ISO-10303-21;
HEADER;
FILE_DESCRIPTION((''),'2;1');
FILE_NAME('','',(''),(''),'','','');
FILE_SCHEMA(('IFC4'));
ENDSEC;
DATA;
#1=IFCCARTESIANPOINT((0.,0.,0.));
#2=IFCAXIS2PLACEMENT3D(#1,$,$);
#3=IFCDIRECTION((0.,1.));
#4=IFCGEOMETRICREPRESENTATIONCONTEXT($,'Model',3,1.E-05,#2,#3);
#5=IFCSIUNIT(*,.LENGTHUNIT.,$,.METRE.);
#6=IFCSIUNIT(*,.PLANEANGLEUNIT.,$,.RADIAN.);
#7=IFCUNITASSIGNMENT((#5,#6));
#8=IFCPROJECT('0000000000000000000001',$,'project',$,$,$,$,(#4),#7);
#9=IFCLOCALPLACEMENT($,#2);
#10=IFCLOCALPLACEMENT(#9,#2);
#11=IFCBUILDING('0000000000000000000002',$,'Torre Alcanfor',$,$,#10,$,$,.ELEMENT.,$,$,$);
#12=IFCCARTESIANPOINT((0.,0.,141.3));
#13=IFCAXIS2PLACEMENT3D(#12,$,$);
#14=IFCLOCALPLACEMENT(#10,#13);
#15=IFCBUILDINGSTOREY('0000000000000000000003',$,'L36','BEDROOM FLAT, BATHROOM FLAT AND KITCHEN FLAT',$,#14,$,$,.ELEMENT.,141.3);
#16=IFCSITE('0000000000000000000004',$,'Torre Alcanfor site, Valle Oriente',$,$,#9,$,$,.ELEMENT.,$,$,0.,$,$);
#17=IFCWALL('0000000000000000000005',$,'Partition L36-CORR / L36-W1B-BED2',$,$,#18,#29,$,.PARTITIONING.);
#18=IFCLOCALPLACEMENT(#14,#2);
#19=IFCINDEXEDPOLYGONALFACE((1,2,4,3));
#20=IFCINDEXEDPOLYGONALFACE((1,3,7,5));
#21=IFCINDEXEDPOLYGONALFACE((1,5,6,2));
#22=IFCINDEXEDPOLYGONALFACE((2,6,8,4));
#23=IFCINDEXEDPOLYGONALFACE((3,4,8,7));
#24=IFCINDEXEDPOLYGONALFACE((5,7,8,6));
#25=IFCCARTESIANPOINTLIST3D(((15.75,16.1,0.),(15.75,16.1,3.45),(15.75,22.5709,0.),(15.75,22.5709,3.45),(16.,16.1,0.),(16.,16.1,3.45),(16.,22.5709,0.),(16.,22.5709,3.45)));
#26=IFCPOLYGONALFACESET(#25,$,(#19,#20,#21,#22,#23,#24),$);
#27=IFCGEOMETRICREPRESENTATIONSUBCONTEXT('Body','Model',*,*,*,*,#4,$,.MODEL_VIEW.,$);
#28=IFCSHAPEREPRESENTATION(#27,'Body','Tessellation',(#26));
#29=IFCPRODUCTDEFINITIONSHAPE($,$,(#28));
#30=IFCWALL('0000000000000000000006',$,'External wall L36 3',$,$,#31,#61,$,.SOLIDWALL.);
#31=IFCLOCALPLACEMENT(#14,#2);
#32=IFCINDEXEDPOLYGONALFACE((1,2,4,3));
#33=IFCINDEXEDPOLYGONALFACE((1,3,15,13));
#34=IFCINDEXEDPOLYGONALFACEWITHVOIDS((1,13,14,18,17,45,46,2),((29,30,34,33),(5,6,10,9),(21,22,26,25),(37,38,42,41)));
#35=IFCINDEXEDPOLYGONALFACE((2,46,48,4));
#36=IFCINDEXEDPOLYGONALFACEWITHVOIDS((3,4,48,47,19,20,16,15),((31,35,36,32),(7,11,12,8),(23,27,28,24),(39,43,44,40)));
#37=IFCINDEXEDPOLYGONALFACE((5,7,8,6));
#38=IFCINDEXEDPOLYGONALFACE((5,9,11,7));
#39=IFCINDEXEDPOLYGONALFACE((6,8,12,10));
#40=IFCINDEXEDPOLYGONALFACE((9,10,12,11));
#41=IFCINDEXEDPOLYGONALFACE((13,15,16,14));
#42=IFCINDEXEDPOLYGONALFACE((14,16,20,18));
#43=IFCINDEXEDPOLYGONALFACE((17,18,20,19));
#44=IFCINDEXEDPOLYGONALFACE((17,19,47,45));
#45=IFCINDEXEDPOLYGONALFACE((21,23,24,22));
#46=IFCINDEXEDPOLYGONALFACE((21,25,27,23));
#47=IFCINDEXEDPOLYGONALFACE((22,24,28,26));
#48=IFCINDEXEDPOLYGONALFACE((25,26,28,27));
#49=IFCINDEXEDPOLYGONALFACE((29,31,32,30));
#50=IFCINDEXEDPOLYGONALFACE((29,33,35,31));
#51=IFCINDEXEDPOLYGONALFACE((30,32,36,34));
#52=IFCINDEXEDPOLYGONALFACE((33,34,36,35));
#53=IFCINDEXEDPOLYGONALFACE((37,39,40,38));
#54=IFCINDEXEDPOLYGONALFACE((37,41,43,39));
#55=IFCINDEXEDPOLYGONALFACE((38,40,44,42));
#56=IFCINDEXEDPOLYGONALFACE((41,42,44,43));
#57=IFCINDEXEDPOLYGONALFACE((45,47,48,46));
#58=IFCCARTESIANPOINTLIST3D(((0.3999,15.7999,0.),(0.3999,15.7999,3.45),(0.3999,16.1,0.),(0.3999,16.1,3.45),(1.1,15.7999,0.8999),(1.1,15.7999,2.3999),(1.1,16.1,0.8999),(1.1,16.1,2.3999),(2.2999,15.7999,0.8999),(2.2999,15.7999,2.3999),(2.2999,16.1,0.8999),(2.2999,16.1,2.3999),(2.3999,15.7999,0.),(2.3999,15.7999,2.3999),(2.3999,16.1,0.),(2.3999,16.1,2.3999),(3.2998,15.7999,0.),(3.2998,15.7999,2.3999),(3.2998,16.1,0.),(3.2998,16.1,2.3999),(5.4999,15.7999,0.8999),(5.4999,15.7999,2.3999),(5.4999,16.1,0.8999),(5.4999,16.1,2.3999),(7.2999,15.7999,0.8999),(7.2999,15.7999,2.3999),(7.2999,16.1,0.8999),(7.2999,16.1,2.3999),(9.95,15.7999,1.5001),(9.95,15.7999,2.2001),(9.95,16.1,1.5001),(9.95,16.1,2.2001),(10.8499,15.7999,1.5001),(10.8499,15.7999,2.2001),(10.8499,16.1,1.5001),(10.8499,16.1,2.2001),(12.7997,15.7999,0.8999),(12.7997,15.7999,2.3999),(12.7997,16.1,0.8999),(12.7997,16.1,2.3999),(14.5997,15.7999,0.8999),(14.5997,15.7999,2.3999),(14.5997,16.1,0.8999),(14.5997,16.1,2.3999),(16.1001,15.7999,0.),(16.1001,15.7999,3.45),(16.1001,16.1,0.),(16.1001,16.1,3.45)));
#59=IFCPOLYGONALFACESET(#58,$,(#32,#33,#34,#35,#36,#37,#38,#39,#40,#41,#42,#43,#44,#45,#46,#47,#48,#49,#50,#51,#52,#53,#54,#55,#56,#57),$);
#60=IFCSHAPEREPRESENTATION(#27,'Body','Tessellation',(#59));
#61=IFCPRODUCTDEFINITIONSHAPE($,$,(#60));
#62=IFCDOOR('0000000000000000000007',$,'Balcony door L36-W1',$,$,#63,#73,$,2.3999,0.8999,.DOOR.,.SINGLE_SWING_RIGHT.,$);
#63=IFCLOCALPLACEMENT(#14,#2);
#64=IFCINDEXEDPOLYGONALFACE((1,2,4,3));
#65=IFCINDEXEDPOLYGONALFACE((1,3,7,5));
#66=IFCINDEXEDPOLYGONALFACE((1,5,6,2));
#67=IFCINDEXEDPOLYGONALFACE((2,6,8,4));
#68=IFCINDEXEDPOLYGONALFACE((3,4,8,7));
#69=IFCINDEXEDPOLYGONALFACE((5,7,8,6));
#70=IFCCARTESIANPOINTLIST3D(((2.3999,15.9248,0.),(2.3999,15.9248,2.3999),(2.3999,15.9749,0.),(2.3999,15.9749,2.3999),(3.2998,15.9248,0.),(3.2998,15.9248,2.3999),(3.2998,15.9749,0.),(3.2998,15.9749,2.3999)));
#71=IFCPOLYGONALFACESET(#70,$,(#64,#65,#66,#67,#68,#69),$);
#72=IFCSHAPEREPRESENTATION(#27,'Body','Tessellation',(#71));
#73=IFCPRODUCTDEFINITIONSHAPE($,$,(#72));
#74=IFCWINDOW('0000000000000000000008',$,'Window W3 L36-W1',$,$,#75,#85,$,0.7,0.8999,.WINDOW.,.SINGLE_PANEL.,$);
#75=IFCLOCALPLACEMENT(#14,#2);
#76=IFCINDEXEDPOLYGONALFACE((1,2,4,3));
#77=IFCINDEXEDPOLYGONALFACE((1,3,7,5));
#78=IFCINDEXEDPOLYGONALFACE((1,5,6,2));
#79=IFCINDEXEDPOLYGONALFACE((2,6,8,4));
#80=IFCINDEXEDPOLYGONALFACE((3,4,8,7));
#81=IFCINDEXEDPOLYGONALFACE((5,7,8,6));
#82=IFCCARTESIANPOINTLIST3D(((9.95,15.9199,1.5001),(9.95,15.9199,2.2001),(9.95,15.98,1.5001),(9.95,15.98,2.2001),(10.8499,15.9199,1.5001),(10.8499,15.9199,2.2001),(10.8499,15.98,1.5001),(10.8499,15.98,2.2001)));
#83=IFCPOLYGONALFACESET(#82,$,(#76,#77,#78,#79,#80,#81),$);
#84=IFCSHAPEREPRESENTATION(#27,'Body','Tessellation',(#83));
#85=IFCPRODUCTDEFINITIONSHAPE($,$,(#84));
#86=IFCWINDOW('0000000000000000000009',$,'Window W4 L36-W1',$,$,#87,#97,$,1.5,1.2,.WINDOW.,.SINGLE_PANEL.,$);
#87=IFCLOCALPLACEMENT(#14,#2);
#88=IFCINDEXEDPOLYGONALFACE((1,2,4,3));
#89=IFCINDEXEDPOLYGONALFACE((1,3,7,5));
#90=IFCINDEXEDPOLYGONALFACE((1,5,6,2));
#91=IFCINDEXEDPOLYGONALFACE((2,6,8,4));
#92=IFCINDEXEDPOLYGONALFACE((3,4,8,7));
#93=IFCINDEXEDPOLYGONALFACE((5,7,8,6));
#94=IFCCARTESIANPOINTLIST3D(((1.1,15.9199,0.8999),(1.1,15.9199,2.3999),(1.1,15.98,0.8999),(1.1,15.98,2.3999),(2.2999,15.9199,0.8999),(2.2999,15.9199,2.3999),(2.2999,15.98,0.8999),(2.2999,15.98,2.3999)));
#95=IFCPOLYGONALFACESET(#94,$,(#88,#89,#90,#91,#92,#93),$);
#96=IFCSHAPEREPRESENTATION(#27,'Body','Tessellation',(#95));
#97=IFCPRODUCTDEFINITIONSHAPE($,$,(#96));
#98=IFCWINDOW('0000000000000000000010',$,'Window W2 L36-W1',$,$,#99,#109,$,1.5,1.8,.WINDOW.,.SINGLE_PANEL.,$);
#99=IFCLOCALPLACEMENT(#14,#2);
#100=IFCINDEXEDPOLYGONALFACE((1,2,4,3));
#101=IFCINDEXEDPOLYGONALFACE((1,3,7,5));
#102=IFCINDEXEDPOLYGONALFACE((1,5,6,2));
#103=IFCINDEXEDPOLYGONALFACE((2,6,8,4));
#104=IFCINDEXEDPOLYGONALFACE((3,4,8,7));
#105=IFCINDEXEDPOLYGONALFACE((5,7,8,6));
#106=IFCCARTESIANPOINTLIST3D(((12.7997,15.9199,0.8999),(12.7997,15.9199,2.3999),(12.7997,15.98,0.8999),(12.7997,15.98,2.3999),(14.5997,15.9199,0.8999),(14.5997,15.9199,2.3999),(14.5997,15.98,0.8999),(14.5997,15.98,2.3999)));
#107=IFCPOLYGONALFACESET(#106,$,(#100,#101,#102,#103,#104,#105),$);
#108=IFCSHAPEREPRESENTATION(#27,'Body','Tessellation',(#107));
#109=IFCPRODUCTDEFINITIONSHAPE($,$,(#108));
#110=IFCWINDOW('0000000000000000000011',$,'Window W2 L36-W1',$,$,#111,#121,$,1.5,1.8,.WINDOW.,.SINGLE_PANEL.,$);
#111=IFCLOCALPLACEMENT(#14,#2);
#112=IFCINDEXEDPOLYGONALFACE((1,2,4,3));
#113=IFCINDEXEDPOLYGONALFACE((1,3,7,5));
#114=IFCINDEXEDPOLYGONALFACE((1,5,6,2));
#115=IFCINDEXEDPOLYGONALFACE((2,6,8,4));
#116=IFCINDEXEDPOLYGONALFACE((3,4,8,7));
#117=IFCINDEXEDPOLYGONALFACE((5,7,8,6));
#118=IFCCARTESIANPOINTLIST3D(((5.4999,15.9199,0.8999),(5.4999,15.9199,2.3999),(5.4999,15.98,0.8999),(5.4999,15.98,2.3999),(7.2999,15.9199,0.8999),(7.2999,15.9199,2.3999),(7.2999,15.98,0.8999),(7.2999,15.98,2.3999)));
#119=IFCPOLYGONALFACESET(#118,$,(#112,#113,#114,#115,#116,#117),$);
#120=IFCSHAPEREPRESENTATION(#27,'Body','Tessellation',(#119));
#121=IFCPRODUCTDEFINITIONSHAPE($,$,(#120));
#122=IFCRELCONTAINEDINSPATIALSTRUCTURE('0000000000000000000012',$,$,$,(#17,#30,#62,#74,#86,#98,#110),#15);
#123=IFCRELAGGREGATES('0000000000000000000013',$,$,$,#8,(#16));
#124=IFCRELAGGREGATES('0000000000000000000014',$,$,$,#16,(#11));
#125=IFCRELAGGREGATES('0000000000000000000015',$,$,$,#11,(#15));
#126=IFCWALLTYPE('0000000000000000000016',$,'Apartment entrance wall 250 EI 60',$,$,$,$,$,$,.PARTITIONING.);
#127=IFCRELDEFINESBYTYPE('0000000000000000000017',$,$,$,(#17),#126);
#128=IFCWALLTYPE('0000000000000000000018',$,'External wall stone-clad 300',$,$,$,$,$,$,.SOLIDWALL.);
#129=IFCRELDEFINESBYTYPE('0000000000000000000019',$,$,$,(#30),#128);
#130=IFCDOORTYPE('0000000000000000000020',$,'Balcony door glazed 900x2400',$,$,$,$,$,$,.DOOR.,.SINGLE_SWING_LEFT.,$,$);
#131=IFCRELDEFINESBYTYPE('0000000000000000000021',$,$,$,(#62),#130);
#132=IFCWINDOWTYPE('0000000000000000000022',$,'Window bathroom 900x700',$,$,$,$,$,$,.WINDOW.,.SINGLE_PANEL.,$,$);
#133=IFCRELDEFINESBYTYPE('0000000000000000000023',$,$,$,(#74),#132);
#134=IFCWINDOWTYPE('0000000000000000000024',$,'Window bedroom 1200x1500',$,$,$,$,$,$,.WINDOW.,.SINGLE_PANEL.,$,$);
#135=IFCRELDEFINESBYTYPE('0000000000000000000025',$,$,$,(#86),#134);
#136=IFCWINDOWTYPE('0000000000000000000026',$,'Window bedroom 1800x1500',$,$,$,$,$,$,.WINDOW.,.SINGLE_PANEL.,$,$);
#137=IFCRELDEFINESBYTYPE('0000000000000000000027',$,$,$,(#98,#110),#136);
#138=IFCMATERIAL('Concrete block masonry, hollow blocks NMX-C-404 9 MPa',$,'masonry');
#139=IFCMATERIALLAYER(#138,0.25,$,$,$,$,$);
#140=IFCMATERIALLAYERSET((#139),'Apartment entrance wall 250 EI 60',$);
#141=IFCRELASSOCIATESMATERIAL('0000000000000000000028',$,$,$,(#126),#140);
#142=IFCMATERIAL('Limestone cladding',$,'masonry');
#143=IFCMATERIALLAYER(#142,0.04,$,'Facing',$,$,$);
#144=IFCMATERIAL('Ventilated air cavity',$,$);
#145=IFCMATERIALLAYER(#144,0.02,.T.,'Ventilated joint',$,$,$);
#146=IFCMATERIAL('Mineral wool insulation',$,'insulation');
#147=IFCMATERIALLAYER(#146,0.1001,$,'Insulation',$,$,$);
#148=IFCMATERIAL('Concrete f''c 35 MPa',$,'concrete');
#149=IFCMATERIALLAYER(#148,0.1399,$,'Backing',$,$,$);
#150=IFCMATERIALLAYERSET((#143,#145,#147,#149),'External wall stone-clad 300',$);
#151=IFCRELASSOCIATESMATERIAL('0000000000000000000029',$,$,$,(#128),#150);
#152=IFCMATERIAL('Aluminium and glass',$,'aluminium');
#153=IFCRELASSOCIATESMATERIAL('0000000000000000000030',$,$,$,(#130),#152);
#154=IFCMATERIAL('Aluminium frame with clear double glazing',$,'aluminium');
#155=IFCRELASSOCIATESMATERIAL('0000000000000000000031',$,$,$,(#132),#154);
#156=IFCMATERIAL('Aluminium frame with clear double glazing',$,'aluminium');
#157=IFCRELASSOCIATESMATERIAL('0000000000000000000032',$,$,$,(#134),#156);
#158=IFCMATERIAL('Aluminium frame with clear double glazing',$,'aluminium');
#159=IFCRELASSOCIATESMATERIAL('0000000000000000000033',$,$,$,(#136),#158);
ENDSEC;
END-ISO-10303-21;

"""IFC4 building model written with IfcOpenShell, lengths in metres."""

from ifc_helpers import new_model, si_unit, direction, frame, frame_2d, origin, place, context, subcontext, project, spatial, rectangle, extrude, material, layer, layer_set, type_object, element, fill, save


model = new_model("IFC4")

# Units and contexts
model_context = context("Model", 3, precision=1e-05, world=origin(), true_north=direction((0.0, 1.0)))
body_context = subcontext(model_context, "Body", "Model", "MODEL_VIEW")
ifc_project = project(units=[si_unit("LENGTHUNIT", "METRE"), si_unit("PLANEANGLEUNIT", "RADIAN")], contexts=[model_context])

# Site, building, storey
site_placement = place(None, origin())
site = spatial("IfcSite", under=ifc_project, at=site_placement, Name="Torre Alcanfor site, Valle Oriente", CompositionType="ELEMENT", RefElevation=0.0)
building_placement = place(site_placement, origin())
building = spatial("IfcBuilding", under=site, at=building_placement, Name="Torre Alcanfor", CompositionType="ELEMENT")
storey_placement = place(building_placement, frame((0.0, 0.0, 141.3)))
storey = spatial("IfcBuildingStorey", under=building, at=storey_placement, Name="L36", Description="BEDROOM FLAT, BATHROOM FLAT AND KITCHEN FLAT", CompositionType="ELEMENT", Elevation=141.3)

# Wall
ifc_material_1 = material(Name="Concrete block masonry, hollow blocks NMX-C-404 9 MPa", Category="masonry")
ifc_layer_1 = layer(ifc_material_1, 0.25)
ifc_layer_set_1 = layer_set([ifc_layer_1], Name="Apartment entrance wall 250 EI 60")
wall_type_1 = type_object("IfcWallType", Name="Apartment entrance wall 250 EI 60", PredefinedType="PARTITIONING", material=ifc_layer_set_1)
wall_1_placement = place(storey_placement, frame((15.875, 16.1001, 0.0), z_axis=(0.0, 0.0, 1.0), x_axis=(0.0, 1.0, 0.0)))
element("IfcWall", 1, at=wall_1_placement, inside=storey, type_object=wall_type_1, Name="Partition L36-CORR / L36-W1B-BED2", PredefinedType="PARTITIONING", context=body_context, shape_type="SweptSolid", body=[
    extrude(rectangle(XDim=6.4709, YDim=0.25, at=frame_2d((3.2354, 0.0))), origin(), (0.0, 0.0, 1.0), 3.45),
])

# Wall, openings, door, windows
ifc_material_2 = material(Name="Limestone cladding", Category="masonry")
ifc_layer_2 = layer(ifc_material_2, 0.04, Name="Facing")
ifc_material_3 = material(Name="Ventilated air cavity")
ifc_layer_3 = layer(ifc_material_3, 0.02, ventilated=True, Name="Ventilated joint")
ifc_material_4 = material(Name="Mineral wool insulation", Category="insulation")
ifc_layer_4 = layer(ifc_material_4, 0.1001, Name="Insulation")
ifc_material_5 = material(Name="Concrete f'c 35 MPa", Category="concrete")
ifc_layer_5 = layer(ifc_material_5, 0.1399, Name="Backing")
ifc_layer_set_2 = layer_set([ifc_layer_2, ifc_layer_3, ifc_layer_4, ifc_layer_5], Name="External wall stone-clad 300")
wall_type_2 = type_object("IfcWallType", Name="External wall stone-clad 300", PredefinedType="SOLIDWALL", material=ifc_layer_set_2)
wall_2_placement = place(storey_placement, frame((0.3999, 15.95, 0.0), z_axis=(0.0, 0.0, 1.0), x_axis=(1.0, 0.0, 0.0)))
wall_2 = element("IfcWall", 2, at=wall_2_placement, inside=storey, type_object=wall_type_2, Name="External wall L36 3", PredefinedType="SOLIDWALL", context=body_context, shape_type="SweptSolid", body=[
    extrude(rectangle(XDim=15.7002, YDim=0.3, at=frame_2d((7.8501, 0.0))), origin(), (0.0, 0.0, 1.0), 3.45),
])
opening_1_placement = place(wall_2_placement, frame((12.3999, 0.0, 0.8999)))
opening_1 = element("IfcOpeningElement", 3, at=opening_1_placement, cuts=wall_2, PredefinedType="OPENING", context=body_context, shape_type="SweptSolid", body=[
    extrude(rectangle(XDim=1.8, YDim=1.5, at=frame_2d((0.8999, 0.75))), frame((0.0, 0.1599, 0.0), z_axis=(0.0, -1.0, 0.0), x_axis=(1.0, 0.0, 0.0)), (0.0, 0.0, 1.0), 0.3201),
])
opening_2_placement = place(wall_2_placement, frame((9.55, 0.0, 1.5)))
opening_2 = element("IfcOpeningElement", 4, at=opening_2_placement, cuts=wall_2, PredefinedType="OPENING", context=body_context, shape_type="SweptSolid", body=[
    extrude(rectangle(XDim=0.8999, YDim=0.7, at=frame_2d((0.45, 0.3501))), frame((0.0, 0.1599, 0.0), z_axis=(0.0, -1.0, 0.0), x_axis=(1.0, 0.0, 0.0)), (0.0, 0.0, 1.0), 0.3201),
])
opening_3_placement = place(wall_2_placement, frame((5.1001, 0.0, 0.8999)))
opening_3 = element("IfcOpeningElement", 5, at=opening_3_placement, cuts=wall_2, PredefinedType="OPENING", context=body_context, shape_type="SweptSolid", body=[
    extrude(rectangle(XDim=1.8, YDim=1.5, at=frame_2d((0.8999, 0.75))), frame((0.0, 0.1599, 0.0), z_axis=(0.0, -1.0, 0.0), x_axis=(1.0, 0.0, 0.0)), (0.0, 0.0, 1.0), 0.3201),
])
opening_4_placement = place(wall_2_placement, frame((2.0, 0.0, 0.0)))
opening_4 = element("IfcOpeningElement", 6, at=opening_4_placement, cuts=wall_2, PredefinedType="OPENING", context=body_context, shape_type="SweptSolid", body=[
    extrude(rectangle(XDim=0.8999, YDim=2.3999, at=frame_2d((0.45, 1.2))), frame((0.0, 0.1599, 0.0), z_axis=(0.0, -1.0, 0.0), x_axis=(1.0, 0.0, 0.0)), (0.0, 0.0, 1.0), 0.3201),
])
opening_5_placement = place(wall_2_placement, frame((0.7, 0.0, 0.8999)))
opening_5 = element("IfcOpeningElement", 7, at=opening_5_placement, cuts=wall_2, PredefinedType="OPENING", context=body_context, shape_type="SweptSolid", body=[
    extrude(rectangle(XDim=1.2, YDim=1.5, at=frame_2d((0.6001, 0.75))), frame((0.0, 0.1599, 0.0), z_axis=(0.0, -1.0, 0.0), x_axis=(1.0, 0.0, 0.0)), (0.0, 0.0, 1.0), 0.3201),
])
ifc_material_6 = material(Name="Aluminium and glass", Category="aluminium")
door_type = type_object("IfcDoorType", Name="Balcony door glazed 900x2400", OperationType="SINGLE_SWING_LEFT", PredefinedType="DOOR", material=ifc_material_6)
door_placement = place(opening_4_placement, origin())
door = element("IfcDoor", 8, at=door_placement, inside=storey, type_object=door_type, Name="Balcony door L36-W1", OperationType="SINGLE_SWING_RIGHT", OverallHeight=2.3999, OverallWidth=0.8999, PredefinedType="DOOR", context=body_context, shape_type="SweptSolid", body=[
    extrude(rectangle(XDim=0.8999, YDim=2.3999, at=frame_2d((0.45, 1.2))), frame((0.0, 0.0249, 0.0), z_axis=(0.0, -1.0, 0.0), x_axis=(1.0, 0.0, 0.0)), (0.0, 0.0, 1.0), 0.05),
])
fill(opening_4, door)
ifc_material_7 = material(Name="Aluminium frame with clear double glazing", Category="aluminium")
window_type_1 = type_object("IfcWindowType", Name="Window bathroom 900x700", PartitioningType="SINGLE_PANEL", PredefinedType="WINDOW", material=ifc_material_7)
window_1_placement = place(opening_2_placement, origin())
window_1 = element("IfcWindow", 9, at=window_1_placement, inside=storey, type_object=window_type_1, Name="Window W3 L36-W1", OverallHeight=0.7, OverallWidth=0.8999, PartitioningType="SINGLE_PANEL", PredefinedType="WINDOW", context=body_context, shape_type="SweptSolid", body=[
    extrude(rectangle(XDim=0.8999, YDim=0.7, at=frame_2d((0.45, 0.3501))), frame((0.0, 0.03, 0.0), z_axis=(0.0, -1.0, 0.0), x_axis=(1.0, 0.0, 0.0)), (0.0, 0.0, 1.0), 0.0601),
])
fill(opening_2, window_1)
ifc_material_8 = material(Name="Aluminium frame with clear double glazing", Category="aluminium")
window_type_2 = type_object("IfcWindowType", Name="Window bedroom 1200x1500", PartitioningType="SINGLE_PANEL", PredefinedType="WINDOW", material=ifc_material_8)
window_2_placement = place(opening_5_placement, origin())
window_2 = element("IfcWindow", 10, at=window_2_placement, inside=storey, type_object=window_type_2, Name="Window W4 L36-W1", OverallHeight=1.5, OverallWidth=1.2, PartitioningType="SINGLE_PANEL", PredefinedType="WINDOW", context=body_context, shape_type="SweptSolid", body=[
    extrude(rectangle(XDim=1.2, YDim=1.5, at=frame_2d((0.6001, 0.75))), frame((0.0, 0.03, 0.0), z_axis=(0.0, -1.0, 0.0), x_axis=(1.0, 0.0, 0.0)), (0.0, 0.0, 1.0), 0.0601),
])
fill(opening_5, window_2)
ifc_material_9 = material(Name="Aluminium frame with clear double glazing", Category="aluminium")
window_type_3 = type_object("IfcWindowType", Name="Window bedroom 1800x1500", PartitioningType="SINGLE_PANEL", PredefinedType="WINDOW", material=ifc_material_9)
window_3_placement = place(opening_1_placement, origin())
window_3 = element("IfcWindow", 11, at=window_3_placement, inside=storey, type_object=window_type_3, Name="Window W2 L36-W1", OverallHeight=1.5, OverallWidth=1.8, PartitioningType="SINGLE_PANEL", PredefinedType="WINDOW", context=body_context, shape_type="SweptSolid", body=[
    extrude(rectangle(XDim=1.8, YDim=1.5, at=frame_2d((0.8999, 0.75))), frame((0.0, 0.03, 0.0), z_axis=(0.0, -1.0, 0.0), x_axis=(1.0, 0.0, 0.0)), (0.0, 0.0, 1.0), 0.0601),
])
fill(opening_1, window_3)
window_4_placement = place(opening_3_placement, origin())
window_4 = element("IfcWindow", 12, at=window_4_placement, inside=storey, type_object=window_type_3, Name="Window W2 L36-W1", OverallHeight=1.5, OverallWidth=1.8, PartitioningType="SINGLE_PANEL", PredefinedType="WINDOW", context=body_context, shape_type="SweptSolid", body=[
    extrude(rectangle(XDim=1.8, YDim=1.5, at=frame_2d((0.8999, 0.75))), frame((0.0, 0.03, 0.0), z_axis=(0.0, -1.0, 0.0), x_axis=(1.0, 0.0, 0.0)), (0.0, 0.0, 1.0), 0.0601),
])
fill(opening_3, window_4)

save(model, "model.ifc")
